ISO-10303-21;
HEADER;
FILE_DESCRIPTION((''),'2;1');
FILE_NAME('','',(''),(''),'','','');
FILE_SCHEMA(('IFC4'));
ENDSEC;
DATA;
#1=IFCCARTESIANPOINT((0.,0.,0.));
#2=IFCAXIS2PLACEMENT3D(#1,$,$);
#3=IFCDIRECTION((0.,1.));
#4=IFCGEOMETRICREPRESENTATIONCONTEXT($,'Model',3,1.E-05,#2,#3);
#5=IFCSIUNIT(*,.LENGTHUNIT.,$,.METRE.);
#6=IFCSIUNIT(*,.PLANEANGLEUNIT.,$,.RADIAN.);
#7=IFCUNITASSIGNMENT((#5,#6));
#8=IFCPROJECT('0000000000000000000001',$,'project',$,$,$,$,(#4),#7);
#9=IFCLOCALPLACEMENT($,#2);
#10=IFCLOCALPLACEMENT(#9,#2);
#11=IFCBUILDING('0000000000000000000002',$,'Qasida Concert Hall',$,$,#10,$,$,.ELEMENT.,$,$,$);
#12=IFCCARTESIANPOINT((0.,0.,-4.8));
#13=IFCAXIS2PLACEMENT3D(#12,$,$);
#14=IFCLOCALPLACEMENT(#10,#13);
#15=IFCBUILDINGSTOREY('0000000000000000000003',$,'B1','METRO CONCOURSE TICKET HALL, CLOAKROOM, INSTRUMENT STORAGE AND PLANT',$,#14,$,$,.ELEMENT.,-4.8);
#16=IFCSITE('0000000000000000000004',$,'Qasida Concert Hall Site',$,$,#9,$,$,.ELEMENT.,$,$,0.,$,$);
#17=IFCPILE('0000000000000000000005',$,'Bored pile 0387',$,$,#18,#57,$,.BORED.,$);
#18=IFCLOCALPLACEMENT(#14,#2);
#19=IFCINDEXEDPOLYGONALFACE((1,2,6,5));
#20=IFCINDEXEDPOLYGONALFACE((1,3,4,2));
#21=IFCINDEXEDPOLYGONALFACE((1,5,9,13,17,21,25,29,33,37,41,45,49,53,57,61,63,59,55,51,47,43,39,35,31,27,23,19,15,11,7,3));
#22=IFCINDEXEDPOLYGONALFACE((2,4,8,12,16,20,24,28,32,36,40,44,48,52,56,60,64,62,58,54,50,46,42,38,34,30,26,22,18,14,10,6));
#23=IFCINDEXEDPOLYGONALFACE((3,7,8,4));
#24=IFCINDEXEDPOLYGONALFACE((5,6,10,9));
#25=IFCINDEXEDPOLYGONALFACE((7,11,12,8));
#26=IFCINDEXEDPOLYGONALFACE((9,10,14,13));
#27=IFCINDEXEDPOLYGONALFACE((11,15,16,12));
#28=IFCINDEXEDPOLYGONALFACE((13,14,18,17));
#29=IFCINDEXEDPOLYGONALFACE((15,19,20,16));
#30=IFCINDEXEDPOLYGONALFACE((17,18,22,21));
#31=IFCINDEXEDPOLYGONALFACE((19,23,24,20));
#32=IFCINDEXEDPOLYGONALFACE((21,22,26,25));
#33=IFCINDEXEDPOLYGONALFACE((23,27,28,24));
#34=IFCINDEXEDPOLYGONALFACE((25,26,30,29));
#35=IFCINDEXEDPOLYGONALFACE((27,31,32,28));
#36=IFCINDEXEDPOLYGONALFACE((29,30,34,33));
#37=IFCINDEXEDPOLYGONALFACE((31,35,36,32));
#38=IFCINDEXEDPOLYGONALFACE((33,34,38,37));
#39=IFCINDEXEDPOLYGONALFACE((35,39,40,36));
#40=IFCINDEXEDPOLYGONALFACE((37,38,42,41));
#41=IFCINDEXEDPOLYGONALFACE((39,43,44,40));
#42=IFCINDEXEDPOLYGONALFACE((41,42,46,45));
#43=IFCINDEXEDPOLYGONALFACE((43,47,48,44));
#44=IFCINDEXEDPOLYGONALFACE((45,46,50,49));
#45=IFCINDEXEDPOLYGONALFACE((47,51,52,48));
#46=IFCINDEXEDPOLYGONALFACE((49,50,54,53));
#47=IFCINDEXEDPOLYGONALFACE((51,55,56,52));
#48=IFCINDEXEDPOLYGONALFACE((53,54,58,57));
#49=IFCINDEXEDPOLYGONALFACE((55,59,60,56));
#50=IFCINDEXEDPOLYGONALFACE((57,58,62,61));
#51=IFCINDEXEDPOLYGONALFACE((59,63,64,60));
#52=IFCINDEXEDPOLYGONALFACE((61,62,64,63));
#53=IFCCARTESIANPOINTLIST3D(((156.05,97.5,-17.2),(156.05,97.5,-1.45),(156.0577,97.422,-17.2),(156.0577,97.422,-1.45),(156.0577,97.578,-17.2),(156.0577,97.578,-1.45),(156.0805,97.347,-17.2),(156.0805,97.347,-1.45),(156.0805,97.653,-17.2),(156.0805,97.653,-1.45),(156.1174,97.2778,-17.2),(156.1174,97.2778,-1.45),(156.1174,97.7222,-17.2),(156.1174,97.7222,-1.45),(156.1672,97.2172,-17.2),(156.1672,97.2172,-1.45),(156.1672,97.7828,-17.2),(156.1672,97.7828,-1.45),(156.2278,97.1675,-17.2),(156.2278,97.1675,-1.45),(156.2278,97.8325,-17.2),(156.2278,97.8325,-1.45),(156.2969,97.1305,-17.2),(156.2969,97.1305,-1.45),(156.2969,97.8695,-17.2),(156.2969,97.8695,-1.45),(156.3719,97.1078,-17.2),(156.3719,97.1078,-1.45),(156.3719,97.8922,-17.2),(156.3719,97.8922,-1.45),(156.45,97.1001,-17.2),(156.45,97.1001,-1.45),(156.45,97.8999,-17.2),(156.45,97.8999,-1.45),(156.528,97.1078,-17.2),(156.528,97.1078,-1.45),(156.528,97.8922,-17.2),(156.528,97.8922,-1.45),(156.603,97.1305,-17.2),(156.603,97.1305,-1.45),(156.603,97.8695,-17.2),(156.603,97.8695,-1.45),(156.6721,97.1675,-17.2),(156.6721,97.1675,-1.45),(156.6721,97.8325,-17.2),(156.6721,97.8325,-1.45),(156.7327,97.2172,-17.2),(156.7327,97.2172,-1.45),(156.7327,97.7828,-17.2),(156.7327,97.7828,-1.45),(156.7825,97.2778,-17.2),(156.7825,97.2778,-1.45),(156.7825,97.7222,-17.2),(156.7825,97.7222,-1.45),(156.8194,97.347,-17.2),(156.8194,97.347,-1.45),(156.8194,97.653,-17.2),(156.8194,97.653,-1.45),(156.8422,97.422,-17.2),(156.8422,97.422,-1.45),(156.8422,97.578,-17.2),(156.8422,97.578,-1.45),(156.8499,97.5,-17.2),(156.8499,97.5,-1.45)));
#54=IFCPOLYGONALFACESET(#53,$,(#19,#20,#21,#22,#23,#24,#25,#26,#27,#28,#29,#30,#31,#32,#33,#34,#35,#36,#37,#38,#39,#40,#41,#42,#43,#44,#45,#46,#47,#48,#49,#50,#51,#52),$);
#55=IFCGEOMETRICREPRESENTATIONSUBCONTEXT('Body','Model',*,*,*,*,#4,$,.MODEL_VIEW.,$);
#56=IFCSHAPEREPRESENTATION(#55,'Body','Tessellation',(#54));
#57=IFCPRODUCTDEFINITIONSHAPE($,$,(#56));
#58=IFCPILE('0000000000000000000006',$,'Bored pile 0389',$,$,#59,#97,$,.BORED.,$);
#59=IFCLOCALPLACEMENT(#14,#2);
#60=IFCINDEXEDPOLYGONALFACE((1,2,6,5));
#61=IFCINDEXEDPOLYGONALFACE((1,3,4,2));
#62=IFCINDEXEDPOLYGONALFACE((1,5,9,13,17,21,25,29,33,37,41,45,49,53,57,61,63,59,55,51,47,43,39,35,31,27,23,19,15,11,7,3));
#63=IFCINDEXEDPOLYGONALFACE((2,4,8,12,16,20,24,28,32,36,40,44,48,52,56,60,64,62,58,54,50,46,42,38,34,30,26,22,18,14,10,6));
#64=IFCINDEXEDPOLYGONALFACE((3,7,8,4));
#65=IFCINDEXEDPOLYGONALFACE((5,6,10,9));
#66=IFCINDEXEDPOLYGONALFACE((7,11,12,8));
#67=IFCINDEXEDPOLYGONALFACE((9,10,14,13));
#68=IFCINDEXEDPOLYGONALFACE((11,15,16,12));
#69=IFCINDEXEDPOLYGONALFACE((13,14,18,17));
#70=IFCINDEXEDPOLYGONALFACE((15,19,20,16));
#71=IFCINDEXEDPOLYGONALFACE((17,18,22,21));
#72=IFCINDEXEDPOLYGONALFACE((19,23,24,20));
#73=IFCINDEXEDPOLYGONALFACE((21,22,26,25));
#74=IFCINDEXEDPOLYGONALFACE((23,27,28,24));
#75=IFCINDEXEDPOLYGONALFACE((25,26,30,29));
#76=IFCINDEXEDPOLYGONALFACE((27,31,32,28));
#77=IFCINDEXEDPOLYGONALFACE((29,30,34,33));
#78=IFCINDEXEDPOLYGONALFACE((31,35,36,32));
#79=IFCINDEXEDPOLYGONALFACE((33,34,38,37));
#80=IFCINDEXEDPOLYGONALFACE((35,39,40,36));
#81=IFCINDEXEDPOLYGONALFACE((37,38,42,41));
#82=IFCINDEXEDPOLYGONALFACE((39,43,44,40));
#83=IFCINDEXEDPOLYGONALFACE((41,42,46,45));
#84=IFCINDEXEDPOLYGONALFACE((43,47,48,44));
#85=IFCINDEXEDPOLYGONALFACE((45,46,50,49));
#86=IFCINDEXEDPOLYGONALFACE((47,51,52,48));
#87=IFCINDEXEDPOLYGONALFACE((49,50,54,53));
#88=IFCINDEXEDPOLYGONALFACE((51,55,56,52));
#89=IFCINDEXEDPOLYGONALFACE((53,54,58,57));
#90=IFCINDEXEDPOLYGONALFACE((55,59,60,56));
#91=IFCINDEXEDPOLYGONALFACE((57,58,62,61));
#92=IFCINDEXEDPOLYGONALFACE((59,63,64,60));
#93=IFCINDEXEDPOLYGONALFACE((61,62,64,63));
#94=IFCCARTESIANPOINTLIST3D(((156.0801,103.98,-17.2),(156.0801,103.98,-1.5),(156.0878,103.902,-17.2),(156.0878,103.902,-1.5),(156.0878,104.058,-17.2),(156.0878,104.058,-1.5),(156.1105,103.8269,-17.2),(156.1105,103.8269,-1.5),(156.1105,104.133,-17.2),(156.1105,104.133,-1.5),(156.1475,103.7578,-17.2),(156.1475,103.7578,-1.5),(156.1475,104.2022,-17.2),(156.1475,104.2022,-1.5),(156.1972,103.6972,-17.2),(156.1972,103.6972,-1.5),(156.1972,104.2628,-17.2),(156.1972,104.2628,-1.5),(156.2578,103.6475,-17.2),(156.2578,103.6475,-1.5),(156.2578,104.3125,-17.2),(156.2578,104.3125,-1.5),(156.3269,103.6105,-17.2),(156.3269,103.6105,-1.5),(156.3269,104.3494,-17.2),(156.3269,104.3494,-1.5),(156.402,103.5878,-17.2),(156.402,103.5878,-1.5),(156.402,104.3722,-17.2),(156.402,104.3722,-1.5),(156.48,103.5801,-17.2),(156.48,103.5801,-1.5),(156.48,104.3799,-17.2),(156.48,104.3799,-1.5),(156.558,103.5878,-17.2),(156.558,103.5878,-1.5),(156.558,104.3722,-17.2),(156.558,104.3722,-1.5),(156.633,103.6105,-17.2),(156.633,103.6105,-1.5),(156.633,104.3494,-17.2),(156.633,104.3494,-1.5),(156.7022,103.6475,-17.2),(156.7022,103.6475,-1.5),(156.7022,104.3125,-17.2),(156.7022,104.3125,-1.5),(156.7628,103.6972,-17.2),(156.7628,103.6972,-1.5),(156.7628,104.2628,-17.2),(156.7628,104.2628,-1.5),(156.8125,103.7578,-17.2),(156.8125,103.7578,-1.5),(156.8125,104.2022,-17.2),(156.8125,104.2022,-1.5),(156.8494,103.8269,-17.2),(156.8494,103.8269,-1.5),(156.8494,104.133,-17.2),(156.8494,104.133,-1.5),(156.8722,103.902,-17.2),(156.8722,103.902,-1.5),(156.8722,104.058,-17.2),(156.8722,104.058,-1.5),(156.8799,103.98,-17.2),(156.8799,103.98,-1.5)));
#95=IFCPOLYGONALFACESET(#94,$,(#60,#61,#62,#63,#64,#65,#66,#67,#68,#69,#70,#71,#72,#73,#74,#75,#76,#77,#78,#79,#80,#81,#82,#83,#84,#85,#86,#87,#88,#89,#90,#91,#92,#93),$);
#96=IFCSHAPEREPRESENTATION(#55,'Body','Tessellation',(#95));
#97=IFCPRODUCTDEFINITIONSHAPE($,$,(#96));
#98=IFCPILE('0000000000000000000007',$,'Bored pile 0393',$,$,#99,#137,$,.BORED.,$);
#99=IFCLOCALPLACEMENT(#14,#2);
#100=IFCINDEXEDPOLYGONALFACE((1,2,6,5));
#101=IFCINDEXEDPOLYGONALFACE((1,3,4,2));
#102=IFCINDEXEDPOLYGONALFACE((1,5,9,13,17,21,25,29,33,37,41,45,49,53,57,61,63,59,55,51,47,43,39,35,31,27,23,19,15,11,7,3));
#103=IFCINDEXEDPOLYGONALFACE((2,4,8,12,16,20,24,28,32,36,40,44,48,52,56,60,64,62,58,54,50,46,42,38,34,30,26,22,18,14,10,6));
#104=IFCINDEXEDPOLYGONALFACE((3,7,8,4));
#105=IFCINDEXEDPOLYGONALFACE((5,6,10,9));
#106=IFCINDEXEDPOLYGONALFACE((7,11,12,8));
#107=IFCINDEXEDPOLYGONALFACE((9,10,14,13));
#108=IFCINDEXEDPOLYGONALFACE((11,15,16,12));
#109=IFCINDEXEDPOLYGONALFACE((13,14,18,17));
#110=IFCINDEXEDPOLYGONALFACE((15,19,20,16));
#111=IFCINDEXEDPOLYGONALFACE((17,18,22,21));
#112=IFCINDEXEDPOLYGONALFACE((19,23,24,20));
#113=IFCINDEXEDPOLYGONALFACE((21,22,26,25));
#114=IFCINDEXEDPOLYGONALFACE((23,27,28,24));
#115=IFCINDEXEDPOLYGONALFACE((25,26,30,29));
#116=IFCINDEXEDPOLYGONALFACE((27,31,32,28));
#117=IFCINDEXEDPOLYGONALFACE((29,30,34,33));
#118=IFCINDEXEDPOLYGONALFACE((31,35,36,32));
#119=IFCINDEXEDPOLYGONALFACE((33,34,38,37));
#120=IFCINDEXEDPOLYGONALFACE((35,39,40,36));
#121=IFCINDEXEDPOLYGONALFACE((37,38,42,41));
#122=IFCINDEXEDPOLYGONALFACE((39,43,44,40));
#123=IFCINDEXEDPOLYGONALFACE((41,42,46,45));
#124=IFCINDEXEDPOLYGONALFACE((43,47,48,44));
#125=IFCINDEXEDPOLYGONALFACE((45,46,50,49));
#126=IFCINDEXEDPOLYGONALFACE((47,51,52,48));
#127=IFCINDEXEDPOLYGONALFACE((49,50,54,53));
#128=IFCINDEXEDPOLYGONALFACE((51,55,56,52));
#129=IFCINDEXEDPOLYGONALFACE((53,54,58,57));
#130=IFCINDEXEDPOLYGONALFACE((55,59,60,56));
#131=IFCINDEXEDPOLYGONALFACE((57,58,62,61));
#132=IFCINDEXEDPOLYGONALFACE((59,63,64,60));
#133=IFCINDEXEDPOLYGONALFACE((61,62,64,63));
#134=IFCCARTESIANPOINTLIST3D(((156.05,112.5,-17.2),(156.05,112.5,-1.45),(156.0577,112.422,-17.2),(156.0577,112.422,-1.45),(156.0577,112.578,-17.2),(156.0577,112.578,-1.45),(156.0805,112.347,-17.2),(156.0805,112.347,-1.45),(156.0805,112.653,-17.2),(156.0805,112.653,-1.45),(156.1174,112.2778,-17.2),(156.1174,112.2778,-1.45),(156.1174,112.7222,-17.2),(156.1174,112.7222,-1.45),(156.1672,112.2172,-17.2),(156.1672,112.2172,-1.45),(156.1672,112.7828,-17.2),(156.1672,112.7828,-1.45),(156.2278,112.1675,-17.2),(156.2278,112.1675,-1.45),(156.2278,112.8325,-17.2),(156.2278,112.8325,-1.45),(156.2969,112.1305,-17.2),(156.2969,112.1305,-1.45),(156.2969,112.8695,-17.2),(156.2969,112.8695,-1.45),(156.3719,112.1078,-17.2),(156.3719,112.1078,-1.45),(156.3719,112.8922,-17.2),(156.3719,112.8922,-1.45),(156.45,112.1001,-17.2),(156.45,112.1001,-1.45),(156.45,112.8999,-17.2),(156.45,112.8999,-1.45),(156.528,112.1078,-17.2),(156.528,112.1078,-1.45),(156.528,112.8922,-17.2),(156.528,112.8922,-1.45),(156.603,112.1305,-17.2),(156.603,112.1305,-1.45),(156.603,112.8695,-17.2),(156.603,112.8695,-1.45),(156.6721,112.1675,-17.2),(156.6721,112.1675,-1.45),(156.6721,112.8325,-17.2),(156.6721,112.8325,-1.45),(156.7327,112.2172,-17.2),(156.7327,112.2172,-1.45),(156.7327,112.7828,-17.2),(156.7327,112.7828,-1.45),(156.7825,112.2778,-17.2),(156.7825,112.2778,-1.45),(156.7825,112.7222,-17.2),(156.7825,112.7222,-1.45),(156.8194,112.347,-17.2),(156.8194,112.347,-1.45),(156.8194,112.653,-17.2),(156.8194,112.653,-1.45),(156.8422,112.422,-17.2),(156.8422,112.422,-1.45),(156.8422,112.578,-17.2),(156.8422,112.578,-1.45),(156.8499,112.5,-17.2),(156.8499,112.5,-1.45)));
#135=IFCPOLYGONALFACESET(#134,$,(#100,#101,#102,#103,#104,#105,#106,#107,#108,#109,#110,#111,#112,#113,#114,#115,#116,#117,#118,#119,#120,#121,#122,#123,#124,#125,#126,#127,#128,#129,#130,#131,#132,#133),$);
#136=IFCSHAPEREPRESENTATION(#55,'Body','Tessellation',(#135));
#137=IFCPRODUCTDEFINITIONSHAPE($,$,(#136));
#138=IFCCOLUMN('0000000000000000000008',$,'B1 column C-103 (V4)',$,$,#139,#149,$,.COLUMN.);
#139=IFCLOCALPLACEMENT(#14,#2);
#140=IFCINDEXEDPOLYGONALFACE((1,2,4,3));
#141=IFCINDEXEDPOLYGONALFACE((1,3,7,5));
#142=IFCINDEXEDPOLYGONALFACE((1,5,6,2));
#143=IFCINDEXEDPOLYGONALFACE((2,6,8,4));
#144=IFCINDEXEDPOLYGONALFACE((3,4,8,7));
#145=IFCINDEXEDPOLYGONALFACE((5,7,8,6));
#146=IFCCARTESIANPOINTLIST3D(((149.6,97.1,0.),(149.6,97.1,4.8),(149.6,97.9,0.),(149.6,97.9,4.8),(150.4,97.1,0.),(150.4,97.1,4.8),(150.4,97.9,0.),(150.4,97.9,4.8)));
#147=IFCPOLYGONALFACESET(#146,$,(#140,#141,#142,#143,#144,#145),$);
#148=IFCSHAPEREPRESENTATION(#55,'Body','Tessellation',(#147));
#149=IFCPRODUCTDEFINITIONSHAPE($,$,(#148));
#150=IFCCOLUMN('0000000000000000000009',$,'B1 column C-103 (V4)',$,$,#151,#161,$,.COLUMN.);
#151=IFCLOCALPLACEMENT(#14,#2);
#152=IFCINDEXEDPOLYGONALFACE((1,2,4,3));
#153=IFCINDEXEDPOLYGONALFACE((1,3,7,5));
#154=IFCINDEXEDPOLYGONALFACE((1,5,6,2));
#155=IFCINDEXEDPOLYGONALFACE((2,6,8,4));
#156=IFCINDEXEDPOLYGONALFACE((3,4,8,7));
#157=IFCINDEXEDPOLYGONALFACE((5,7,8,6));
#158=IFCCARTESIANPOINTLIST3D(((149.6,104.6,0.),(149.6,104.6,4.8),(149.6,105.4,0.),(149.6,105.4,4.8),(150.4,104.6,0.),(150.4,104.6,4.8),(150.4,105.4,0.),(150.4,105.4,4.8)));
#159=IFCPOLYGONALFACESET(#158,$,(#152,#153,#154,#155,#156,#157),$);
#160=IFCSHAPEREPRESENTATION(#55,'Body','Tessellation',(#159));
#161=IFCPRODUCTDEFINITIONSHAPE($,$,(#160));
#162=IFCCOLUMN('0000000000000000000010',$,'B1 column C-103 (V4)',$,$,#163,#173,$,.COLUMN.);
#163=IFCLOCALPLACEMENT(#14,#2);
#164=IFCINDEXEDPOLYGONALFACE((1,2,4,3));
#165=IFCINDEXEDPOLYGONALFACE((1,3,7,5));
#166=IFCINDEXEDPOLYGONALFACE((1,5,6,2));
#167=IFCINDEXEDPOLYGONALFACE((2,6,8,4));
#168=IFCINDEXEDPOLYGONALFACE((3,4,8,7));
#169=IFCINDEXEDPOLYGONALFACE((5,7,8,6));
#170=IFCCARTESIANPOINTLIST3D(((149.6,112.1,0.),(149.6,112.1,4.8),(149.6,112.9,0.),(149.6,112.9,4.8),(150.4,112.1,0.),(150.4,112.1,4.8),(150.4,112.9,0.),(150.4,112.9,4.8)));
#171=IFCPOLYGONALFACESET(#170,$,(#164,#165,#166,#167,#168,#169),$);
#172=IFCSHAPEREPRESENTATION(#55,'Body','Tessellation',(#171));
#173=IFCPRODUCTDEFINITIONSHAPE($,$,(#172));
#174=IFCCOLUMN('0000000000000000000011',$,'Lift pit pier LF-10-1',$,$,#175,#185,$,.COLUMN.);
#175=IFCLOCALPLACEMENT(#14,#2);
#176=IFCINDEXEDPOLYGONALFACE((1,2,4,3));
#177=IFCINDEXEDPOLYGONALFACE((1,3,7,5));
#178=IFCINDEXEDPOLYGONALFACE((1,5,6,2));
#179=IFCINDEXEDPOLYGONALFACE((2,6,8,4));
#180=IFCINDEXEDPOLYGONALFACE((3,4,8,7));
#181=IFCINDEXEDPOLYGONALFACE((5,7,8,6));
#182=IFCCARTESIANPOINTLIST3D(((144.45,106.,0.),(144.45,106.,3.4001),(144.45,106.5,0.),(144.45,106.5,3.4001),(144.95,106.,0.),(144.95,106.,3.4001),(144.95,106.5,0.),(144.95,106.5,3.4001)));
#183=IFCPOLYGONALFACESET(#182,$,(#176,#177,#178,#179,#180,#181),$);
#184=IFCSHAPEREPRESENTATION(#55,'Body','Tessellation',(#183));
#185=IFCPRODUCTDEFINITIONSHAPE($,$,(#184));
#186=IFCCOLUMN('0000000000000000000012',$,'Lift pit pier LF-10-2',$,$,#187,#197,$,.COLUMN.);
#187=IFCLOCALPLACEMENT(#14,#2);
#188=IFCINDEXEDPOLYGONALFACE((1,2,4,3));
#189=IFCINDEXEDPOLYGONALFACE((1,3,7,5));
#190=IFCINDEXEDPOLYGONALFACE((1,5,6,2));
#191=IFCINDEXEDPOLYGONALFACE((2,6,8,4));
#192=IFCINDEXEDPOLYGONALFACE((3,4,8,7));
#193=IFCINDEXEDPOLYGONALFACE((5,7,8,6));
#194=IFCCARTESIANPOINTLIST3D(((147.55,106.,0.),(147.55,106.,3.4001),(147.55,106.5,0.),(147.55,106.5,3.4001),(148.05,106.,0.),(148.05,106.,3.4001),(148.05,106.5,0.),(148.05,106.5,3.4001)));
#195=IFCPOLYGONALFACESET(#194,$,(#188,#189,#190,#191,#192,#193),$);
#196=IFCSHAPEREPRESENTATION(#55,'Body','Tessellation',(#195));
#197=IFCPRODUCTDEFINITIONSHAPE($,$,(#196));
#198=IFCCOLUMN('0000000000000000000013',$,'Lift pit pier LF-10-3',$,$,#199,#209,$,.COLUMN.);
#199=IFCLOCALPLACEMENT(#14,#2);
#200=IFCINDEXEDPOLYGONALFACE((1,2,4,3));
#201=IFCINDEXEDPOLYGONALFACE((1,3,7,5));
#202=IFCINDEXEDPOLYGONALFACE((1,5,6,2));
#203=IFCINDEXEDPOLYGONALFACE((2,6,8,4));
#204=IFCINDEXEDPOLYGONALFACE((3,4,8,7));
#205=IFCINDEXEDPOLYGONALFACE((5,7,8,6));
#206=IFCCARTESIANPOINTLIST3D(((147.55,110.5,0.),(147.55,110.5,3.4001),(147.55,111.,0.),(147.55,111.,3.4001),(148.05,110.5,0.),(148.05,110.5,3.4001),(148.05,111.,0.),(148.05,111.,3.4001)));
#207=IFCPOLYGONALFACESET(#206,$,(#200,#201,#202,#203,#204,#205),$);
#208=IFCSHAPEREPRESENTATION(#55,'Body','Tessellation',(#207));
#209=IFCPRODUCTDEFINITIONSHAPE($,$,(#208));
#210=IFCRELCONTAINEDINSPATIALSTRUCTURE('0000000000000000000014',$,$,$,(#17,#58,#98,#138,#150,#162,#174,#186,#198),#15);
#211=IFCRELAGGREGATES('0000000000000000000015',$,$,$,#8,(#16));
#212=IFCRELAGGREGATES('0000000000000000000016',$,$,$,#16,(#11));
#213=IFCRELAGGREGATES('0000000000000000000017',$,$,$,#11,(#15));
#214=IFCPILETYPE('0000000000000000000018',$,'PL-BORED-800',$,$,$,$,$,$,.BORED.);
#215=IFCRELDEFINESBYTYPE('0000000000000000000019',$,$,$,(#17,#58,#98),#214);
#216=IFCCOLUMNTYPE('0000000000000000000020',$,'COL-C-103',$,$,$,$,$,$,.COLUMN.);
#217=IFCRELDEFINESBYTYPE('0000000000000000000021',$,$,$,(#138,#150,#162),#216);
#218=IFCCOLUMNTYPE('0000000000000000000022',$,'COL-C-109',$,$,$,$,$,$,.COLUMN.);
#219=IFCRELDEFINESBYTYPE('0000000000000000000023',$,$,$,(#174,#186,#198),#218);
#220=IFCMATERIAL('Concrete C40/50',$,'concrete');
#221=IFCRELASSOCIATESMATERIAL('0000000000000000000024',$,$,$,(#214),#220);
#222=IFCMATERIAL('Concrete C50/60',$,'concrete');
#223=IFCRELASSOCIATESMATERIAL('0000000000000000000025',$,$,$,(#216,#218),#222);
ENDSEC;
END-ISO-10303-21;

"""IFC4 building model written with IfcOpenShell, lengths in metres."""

from ifc_helpers import new_model, si_unit, direction, frame, origin, origin_2d, place, context, subcontext, project, spatial, rectangle, circle, extrude, material, material_profile, profile_set, type_object, element, save


model = new_model("IFC4")

# Units and contexts
model_context = context("Model", 3, precision=1e-05, world=origin(), true_north=direction((0.0, 1.0)))
body_context = subcontext(model_context, "Body", "Model", "MODEL_VIEW")
ifc_project = project(units=[si_unit("LENGTHUNIT", "METRE"), si_unit("PLANEANGLEUNIT", "RADIAN")], contexts=[model_context])

# Site, building, storey
site_placement = place(None, origin())
site = spatial("IfcSite", under=ifc_project, at=site_placement, Name="Qasida Concert Hall Site", CompositionType="ELEMENT", RefElevation=0.0)
building_placement = place(site_placement, origin())
building = spatial("IfcBuilding", under=site, at=building_placement, Name="Qasida Concert Hall", CompositionType="ELEMENT")
storey_placement = place(building_placement, frame((0.0, 0.0, -4.8)))
storey = spatial("IfcBuildingStorey", under=building, at=storey_placement, Name="B1", Description="METRO CONCOURSE TICKET HALL, CLOAKROOM, INSTRUMENT STORAGE AND PLANT", CompositionType="ELEMENT", Elevation=-4.8)

# Shared definitions
ifc_material_1 = material(Name="Concrete C40/50", Category="concrete")

# Piles
ifc_material_profile_1 = material_profile(ifc_material_1, circle(Radius=0.3999, at=origin_2d()), Name="BORED PILE D800")
ifc_profile_set_1 = profile_set([ifc_material_profile_1], Name="Concrete C40/50")
pile_type = type_object("IfcPileType", Name="PL-BORED-800", PredefinedType="BORED", material=ifc_profile_set_1)
pile_1_placement = place(storey_placement, frame((156.45, 97.5, -1.45), z_axis=(0.0, 0.0, -1.0), x_axis=(1.0, 0.0, 0.0)))
element("IfcPile", 1, at=pile_1_placement, inside=storey, type_object=pile_type, Name="Bored pile 0387", PredefinedType="BORED", context=body_context, shape_type="SweptSolid", body=[
    extrude(circle(Radius=0.3999, at=origin_2d()), origin(), (0.0, 0.0, 1.0), 15.75),
])
pile_2_placement = place(storey_placement, frame((156.48, 103.98, -1.5), z_axis=(0.0, 0.0, -1.0), x_axis=(1.0, 0.0, 0.0)))
element("IfcPile", 2, at=pile_2_placement, inside=storey, type_object=pile_type, Name="Bored pile 0389", PredefinedType="BORED", context=body_context, shape_type="SweptSolid", body=[
    extrude(circle(Radius=0.3999, at=origin_2d()), origin(), (0.0, 0.0, 1.0), 15.7),
])
pile_3_placement = place(storey_placement, frame((156.45, 112.5, -1.45), z_axis=(0.0, 0.0, -1.0), x_axis=(1.0, 0.0, 0.0)))
element("IfcPile", 3, at=pile_3_placement, inside=storey, type_object=pile_type, Name="Bored pile 0393", PredefinedType="BORED", context=body_context, shape_type="SweptSolid", body=[
    extrude(circle(Radius=0.3999, at=origin_2d()), origin(), (0.0, 0.0, 1.0), 15.75),
])

# Columns
ifc_material_2 = material(Name="Concrete C50/60", Category="concrete")
ifc_material_profile_2 = material_profile(ifc_material_2, rectangle(XDim=0.8, YDim=0.8, at=origin_2d()), Name="RC 800x800")
ifc_profile_set_2 = profile_set([ifc_material_profile_2], Name="Concrete C50/60")
column_type_1 = type_object("IfcColumnType", Name="COL-C-103", PredefinedType="COLUMN", material=ifc_profile_set_2)
for number, where, z_axis, x_axis, name in (
    (4, (150.0, 97.5, 0.0), (0.0, 0.0, 1.0), (1.0, 0.0, 0.0), "B1 column C-103 (V4)"),
    (5, (150.0, 105.0, 0.0), (0.0, 0.0, 1.0), (1.0, 0.0, 0.0), "B1 column C-103 (V4)"),
    (6, (150.0, 112.5, 0.0), (0.0, 0.0, 1.0), (1.0, 0.0, 0.0), "B1 column C-103 (V4)"),
):
    element("IfcColumn", number, at=place(storey_placement, frame(where, z_axis=z_axis, x_axis=x_axis)), inside=storey, type_object=column_type_1, Name=name, PredefinedType="COLUMN", context=body_context, shape_type="SweptSolid", body=[
        extrude(rectangle(XDim=0.8, YDim=0.8, at=origin_2d()), origin(), (0.0, 0.0, 1.0), 4.8),
    ])
ifc_material_profile_3 = material_profile(ifc_material_2, rectangle(XDim=0.5, YDim=0.5, at=origin_2d()), Name="RC 500x500")
ifc_profile_set_3 = profile_set([ifc_material_profile_3], Name="Concrete C50/60")
column_type_2 = type_object("IfcColumnType", Name="COL-C-109", PredefinedType="COLUMN", material=ifc_profile_set_3)
for number, where, z_axis, x_axis, name in (
    (7, (144.7, 106.25, 0.0), (0.0, 0.0, 1.0), (1.0, 0.0, 0.0), "Lift pit pier LF-10-1"),
    (8, (147.8, 106.25, 0.0), (0.0, 0.0, 1.0), (1.0, 0.0, 0.0), "Lift pit pier LF-10-2"),
    (9, (147.8, 110.75, 0.0), (0.0, 0.0, 1.0), (1.0, 0.0, 0.0), "Lift pit pier LF-10-3"),
):
    element("IfcColumn", number, at=place(storey_placement, frame(where, z_axis=z_axis, x_axis=x_axis)), inside=storey, type_object=column_type_2, Name=name, PredefinedType="COLUMN", context=body_context, shape_type="SweptSolid", body=[
        extrude(rectangle(XDim=0.5, YDim=0.5, at=origin_2d()), origin(), (0.0, 0.0, 1.0), 3.4001),
    ])

save(model, "model.ifc")
